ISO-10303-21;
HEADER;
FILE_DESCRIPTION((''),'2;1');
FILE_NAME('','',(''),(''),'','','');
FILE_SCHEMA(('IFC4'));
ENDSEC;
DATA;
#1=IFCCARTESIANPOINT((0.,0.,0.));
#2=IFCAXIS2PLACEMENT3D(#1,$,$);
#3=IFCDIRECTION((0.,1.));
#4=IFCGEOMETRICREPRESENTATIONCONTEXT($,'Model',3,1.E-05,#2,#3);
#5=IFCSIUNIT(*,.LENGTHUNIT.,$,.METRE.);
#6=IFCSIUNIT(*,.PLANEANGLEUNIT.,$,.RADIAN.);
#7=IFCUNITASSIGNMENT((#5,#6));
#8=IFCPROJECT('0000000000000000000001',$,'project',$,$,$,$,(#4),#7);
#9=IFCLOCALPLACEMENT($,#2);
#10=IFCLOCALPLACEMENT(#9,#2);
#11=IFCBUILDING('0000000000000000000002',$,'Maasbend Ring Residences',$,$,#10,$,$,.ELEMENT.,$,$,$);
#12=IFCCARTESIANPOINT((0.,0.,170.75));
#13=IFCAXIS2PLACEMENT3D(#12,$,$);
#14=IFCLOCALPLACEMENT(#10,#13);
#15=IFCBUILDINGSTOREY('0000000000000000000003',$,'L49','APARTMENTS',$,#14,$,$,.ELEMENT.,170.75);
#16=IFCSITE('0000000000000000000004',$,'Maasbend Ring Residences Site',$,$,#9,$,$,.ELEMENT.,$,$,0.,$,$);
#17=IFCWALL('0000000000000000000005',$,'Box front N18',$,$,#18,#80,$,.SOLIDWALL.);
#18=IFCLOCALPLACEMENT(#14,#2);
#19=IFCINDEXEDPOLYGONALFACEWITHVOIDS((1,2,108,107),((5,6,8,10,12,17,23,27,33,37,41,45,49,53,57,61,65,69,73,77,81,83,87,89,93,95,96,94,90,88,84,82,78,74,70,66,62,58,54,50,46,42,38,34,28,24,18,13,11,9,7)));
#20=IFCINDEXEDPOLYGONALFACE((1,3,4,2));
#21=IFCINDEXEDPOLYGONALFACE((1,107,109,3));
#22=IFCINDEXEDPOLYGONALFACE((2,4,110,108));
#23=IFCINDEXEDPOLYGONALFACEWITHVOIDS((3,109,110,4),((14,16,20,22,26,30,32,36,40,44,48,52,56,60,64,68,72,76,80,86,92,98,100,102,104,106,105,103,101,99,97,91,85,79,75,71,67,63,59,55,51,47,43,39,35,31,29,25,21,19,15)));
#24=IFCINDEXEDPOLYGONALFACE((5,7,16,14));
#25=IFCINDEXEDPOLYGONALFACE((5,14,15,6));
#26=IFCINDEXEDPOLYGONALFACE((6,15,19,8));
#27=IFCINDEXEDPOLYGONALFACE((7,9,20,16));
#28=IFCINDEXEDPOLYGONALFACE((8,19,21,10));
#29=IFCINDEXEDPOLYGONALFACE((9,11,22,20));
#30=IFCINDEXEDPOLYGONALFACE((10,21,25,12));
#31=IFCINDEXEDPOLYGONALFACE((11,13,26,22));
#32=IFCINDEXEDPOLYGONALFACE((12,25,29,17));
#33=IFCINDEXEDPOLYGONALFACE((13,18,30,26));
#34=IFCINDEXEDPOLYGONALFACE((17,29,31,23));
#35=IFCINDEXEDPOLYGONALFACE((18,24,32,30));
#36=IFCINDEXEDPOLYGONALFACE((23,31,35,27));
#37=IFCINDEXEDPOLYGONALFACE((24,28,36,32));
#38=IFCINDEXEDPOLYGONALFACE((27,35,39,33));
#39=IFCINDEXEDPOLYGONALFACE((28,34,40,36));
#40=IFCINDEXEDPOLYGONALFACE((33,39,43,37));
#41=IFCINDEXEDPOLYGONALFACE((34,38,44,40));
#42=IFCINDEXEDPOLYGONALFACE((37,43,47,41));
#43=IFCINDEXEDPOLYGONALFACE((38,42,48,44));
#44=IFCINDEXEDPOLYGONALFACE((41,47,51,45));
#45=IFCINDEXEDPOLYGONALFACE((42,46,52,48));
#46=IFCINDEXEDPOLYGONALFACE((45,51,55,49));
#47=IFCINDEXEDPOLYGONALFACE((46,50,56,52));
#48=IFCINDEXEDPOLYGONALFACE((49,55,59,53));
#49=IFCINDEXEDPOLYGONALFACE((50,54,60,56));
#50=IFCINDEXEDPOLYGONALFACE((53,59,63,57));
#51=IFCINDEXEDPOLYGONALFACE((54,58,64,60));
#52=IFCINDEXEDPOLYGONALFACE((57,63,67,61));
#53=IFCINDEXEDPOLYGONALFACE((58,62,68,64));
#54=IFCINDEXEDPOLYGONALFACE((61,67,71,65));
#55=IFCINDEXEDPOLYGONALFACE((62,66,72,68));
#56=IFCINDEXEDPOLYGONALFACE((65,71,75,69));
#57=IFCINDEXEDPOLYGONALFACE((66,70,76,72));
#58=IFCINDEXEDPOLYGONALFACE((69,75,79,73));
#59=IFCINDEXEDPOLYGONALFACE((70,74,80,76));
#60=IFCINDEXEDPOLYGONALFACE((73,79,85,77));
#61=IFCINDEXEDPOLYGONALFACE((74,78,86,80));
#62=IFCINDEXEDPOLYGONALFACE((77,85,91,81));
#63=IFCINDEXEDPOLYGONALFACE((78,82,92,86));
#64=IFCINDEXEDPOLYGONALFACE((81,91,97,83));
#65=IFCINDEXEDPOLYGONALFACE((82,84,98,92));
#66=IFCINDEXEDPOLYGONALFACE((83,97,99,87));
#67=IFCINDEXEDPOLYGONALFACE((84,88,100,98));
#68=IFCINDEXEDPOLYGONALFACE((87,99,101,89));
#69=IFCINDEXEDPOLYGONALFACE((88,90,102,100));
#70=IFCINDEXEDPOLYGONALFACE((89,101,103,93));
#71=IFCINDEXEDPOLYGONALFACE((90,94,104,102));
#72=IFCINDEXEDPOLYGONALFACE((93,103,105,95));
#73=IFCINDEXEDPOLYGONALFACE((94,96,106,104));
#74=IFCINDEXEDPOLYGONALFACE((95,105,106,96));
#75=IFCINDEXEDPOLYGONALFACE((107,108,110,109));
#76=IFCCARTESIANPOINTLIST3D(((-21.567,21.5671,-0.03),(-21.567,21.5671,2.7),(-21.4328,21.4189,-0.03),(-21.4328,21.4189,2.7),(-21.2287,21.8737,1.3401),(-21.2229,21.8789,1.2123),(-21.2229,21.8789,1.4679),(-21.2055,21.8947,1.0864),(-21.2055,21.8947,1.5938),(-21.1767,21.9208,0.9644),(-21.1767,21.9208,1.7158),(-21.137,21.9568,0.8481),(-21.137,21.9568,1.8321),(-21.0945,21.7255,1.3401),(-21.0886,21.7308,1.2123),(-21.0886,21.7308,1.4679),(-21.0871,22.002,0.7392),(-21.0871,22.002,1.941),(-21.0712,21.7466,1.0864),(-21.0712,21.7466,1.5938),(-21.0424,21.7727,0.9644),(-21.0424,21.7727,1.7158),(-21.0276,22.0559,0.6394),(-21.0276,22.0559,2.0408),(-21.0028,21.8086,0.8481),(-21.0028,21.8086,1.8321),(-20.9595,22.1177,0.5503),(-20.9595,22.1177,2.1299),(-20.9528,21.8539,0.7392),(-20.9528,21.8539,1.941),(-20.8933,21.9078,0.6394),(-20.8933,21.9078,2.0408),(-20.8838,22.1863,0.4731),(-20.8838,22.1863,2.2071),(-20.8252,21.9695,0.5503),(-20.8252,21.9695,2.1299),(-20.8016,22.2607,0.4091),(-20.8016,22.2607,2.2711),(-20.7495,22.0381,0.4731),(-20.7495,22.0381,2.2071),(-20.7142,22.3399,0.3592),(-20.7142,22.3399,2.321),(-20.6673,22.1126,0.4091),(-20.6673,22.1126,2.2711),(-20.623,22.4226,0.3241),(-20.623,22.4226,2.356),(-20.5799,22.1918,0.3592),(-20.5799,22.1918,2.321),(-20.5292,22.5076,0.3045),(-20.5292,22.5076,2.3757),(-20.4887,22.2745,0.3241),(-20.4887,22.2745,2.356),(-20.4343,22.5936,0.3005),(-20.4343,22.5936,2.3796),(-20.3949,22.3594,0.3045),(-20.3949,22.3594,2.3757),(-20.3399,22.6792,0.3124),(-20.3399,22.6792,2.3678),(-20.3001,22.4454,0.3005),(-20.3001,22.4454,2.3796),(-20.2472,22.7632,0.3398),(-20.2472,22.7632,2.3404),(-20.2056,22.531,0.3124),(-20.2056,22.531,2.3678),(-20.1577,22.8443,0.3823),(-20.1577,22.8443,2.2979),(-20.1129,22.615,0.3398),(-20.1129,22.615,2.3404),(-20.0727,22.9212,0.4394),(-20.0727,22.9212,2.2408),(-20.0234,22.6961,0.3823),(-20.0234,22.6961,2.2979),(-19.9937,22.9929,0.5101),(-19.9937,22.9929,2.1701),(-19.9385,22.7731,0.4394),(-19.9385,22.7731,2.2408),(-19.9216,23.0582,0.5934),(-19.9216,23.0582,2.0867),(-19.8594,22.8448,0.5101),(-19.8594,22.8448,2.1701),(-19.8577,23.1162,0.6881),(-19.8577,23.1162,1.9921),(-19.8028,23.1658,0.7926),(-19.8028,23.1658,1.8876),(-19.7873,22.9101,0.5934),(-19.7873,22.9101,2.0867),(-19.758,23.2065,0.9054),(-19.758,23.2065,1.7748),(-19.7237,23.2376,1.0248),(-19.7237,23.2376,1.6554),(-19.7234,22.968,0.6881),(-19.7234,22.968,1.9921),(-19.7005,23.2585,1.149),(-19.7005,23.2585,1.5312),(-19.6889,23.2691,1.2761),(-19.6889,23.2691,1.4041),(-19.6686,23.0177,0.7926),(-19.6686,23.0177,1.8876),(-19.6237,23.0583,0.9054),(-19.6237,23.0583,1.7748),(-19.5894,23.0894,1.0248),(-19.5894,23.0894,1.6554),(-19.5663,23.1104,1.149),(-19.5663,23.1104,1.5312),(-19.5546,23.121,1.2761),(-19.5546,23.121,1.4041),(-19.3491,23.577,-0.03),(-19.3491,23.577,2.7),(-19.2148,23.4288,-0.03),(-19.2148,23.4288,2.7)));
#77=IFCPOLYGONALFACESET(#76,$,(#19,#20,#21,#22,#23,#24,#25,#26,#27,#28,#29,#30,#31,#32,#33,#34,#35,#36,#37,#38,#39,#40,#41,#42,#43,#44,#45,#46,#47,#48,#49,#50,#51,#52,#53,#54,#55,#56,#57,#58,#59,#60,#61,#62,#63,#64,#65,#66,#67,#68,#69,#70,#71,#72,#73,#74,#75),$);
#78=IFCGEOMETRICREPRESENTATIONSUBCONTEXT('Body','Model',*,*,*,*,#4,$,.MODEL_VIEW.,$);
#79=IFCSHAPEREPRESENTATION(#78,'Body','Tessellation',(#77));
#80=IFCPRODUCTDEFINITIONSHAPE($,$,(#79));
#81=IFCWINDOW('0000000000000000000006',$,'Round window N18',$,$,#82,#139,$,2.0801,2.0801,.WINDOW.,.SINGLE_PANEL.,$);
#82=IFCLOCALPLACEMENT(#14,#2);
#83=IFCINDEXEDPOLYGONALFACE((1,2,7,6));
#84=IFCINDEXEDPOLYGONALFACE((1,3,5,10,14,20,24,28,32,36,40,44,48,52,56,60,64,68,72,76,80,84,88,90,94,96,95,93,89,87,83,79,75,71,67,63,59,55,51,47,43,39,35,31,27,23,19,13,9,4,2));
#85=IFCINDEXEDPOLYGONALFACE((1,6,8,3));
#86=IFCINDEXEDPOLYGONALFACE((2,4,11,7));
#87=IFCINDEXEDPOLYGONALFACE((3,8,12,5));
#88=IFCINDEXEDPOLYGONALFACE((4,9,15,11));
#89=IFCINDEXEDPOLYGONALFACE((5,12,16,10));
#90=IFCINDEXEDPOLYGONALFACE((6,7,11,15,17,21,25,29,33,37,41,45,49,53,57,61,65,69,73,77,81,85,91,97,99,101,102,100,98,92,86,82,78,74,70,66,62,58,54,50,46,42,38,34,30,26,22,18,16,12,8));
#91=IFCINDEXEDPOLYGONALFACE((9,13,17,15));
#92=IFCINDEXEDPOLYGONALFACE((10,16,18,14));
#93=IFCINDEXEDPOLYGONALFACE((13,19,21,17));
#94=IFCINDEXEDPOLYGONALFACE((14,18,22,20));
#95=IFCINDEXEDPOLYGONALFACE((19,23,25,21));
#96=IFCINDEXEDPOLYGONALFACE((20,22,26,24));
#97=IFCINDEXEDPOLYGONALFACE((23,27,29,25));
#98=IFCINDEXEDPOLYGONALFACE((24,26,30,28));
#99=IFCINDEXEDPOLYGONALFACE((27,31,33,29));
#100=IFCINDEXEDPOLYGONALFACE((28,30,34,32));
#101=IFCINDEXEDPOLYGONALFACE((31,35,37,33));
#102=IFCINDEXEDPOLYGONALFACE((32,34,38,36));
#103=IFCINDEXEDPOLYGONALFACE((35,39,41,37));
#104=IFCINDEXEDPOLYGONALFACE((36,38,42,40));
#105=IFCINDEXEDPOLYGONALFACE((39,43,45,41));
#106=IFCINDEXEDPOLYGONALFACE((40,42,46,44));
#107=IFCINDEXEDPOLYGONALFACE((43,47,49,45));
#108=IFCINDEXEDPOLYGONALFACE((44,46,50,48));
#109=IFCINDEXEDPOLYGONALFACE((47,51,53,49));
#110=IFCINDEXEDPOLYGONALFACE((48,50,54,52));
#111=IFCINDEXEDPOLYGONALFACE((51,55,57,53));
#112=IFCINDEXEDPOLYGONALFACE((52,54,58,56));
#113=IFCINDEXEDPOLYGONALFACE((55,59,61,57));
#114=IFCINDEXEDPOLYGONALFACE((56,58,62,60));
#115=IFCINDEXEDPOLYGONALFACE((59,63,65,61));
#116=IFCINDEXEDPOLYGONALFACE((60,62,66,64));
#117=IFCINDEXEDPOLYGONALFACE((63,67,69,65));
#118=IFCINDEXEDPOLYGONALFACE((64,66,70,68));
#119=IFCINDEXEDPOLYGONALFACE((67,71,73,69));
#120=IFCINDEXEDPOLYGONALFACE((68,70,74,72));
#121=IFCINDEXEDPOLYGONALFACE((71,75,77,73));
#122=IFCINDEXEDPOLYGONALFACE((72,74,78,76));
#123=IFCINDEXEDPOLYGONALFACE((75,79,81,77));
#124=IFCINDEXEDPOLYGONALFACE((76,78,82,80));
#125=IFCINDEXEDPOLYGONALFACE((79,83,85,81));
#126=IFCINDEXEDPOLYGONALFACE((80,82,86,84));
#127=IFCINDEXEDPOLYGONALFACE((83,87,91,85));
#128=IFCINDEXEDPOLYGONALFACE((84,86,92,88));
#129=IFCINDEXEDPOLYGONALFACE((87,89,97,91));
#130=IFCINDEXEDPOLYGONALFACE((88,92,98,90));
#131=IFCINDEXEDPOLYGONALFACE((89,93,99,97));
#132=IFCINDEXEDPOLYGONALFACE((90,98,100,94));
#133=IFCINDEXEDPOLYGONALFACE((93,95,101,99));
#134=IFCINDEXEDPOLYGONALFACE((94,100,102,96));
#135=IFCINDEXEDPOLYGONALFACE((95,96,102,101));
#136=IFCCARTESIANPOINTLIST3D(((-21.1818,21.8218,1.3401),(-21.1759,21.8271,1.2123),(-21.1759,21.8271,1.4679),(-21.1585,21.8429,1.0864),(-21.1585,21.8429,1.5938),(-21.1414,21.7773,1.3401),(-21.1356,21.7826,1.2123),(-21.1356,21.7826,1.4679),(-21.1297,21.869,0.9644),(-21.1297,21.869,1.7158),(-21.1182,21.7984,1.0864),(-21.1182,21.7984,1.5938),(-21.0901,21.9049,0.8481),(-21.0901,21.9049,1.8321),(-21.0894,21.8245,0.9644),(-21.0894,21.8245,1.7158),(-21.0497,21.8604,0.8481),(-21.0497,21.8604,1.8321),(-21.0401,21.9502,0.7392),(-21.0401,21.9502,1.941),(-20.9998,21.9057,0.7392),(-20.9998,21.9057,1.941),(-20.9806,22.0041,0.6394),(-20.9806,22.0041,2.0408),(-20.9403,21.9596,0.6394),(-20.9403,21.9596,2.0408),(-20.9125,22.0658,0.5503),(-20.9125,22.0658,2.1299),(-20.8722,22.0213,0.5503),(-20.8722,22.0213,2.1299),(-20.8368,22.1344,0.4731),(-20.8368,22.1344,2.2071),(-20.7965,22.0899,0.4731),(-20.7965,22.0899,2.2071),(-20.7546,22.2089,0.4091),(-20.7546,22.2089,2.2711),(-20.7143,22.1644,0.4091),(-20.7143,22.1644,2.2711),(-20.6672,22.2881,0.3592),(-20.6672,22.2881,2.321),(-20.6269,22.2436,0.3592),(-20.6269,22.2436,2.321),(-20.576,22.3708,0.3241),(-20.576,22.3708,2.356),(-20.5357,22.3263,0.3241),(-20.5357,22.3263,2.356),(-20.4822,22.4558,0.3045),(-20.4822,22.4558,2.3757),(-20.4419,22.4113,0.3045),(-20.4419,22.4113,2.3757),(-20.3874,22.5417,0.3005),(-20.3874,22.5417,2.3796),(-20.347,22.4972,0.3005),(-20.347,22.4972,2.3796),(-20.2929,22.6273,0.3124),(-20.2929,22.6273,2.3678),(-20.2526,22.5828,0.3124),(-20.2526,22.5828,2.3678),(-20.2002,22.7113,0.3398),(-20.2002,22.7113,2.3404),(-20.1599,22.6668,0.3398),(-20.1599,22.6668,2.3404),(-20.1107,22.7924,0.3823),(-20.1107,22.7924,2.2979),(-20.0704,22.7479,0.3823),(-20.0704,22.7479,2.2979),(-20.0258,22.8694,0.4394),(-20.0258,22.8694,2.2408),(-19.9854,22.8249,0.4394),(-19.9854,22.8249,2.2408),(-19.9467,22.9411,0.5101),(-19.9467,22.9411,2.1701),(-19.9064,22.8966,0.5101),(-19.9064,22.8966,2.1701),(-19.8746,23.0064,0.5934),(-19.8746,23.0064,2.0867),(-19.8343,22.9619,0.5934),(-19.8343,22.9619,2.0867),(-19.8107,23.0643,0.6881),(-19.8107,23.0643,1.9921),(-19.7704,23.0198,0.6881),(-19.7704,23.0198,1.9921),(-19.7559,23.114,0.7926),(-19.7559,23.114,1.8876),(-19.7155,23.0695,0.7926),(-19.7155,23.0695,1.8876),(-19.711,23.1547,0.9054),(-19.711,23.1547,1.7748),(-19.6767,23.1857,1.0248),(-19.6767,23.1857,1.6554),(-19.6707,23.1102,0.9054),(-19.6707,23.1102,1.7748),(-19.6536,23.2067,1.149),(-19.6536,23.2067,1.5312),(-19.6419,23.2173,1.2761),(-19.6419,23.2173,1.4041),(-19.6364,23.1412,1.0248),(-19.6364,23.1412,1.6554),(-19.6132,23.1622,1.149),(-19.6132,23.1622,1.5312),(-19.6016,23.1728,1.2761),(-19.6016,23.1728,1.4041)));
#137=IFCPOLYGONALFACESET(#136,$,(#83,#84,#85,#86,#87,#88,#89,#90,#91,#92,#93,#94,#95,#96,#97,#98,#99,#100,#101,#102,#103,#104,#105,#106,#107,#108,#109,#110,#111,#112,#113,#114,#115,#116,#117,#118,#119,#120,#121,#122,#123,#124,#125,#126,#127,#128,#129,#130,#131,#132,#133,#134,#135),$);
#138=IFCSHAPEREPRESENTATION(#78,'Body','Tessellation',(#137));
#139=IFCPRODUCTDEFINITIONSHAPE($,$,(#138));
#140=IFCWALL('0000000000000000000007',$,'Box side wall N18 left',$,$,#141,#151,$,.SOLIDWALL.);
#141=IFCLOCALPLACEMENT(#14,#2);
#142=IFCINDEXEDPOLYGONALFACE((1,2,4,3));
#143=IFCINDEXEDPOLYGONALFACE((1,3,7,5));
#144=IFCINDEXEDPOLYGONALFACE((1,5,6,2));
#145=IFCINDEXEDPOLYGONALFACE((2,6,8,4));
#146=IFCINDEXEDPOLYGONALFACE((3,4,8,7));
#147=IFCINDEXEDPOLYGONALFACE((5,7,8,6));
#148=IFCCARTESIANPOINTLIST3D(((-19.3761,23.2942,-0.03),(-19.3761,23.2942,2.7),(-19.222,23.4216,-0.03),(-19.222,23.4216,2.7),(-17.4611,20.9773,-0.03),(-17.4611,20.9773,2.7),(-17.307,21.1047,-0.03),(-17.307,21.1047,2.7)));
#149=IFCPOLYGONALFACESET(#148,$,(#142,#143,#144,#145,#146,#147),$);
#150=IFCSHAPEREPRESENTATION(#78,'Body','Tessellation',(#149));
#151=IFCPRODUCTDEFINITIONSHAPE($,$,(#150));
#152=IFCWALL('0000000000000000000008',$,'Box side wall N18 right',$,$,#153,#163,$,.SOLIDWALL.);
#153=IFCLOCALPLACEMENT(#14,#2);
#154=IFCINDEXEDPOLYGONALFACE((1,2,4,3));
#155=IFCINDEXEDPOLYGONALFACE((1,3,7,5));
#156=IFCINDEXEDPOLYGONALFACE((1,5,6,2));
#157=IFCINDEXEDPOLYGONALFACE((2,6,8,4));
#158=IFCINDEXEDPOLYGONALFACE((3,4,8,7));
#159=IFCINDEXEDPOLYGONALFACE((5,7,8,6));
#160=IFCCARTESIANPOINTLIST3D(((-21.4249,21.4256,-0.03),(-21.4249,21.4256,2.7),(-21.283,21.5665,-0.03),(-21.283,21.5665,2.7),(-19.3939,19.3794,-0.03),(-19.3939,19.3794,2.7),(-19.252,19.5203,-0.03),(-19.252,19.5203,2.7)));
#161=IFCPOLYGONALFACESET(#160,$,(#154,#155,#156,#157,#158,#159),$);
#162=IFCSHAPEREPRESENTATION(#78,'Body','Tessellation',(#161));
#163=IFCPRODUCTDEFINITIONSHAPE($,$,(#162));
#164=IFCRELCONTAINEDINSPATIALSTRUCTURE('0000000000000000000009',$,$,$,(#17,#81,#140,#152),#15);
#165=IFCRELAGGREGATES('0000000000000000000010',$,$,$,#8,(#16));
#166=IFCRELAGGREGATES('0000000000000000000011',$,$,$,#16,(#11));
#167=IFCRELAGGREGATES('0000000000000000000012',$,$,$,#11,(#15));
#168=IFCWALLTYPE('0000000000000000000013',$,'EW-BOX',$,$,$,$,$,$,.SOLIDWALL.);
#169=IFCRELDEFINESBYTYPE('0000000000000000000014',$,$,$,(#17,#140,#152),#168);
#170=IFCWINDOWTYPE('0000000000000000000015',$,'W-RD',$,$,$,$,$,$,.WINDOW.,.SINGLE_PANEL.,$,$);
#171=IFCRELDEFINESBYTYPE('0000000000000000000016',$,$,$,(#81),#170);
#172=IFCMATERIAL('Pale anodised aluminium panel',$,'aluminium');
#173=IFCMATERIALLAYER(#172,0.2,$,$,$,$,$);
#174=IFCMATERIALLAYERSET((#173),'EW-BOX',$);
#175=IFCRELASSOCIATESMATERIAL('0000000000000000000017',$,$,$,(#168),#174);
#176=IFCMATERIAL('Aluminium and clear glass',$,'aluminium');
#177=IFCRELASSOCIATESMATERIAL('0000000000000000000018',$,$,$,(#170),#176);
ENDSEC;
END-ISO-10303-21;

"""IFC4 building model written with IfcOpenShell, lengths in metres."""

from ifc_helpers import new_model, si_unit, direction, frame, frame_2d, origin, place, context, subcontext, project, spatial, rectangle, circle, extrude, material, layer, layer_set, type_object, element, fill, save


model = new_model("IFC4")

# Units and contexts
model_context = context("Model", 3, precision=1e-05, world=origin(), true_north=direction((0.0, 1.0)))
body_context = subcontext(model_context, "Body", "Model", "MODEL_VIEW")
ifc_project = project(units=[si_unit("LENGTHUNIT", "METRE"), si_unit("PLANEANGLEUNIT", "RADIAN")], contexts=[model_context])

# Site, building, storey
site_placement = place(None, origin())
site = spatial("IfcSite", under=ifc_project, at=site_placement, Name="Maasbend Ring Residences Site", CompositionType="ELEMENT", RefElevation=0.0)
building_placement = place(site_placement, origin())
building = spatial("IfcBuilding", under=site, at=building_placement, Name="Maasbend Ring Residences", CompositionType="ELEMENT")
storey_placement = place(building_placement, frame((0.0, 0.0, 170.75)))
storey = spatial("IfcBuildingStorey", under=building, at=storey_placement, Name="L49", Description="APARTMENTS", CompositionType="ELEMENT", Elevation=170.75)

# Shared definitions
ifc_material_1 = material(Name="Pale anodised aluminium panel", Category="aluminium")
ifc_layer_1 = layer(ifc_material_1, 0.2)
ifc_layer_set_1 = layer_set([ifc_layer_1], Name="EW-BOX")
wall_type_1 = type_object("IfcWallType", Name="EW-BOX", PredefinedType="SOLIDWALL", material=ifc_layer_set_1)
ifc_material_2 = material(Name="Aluminium and clear glass", Category="aluminium")
window_type_1 = type_object("IfcWindowType", Name="W-RD", PartitioningType="SINGLE_PANEL", PredefinedType="WINDOW", material=ifc_material_2)

# Wall, opening, window
wall_1_placement = place(storey_placement, frame((-19.282, 23.5029, -0.03), z_axis=(0.0, 0.0, 1.0), x_axis=(-0.740998, -0.671507, 0.0)))
wall_1 = element("IfcWall", 1, at=wall_1_placement, inside=storey, type_object=wall_type_1, Name="Box front N18", PredefinedType="SOLIDWALL", context=body_context, shape_type="SweptSolid", body=[
    extrude(rectangle(XDim=2.9932, YDim=0.2, at=frame_2d((1.4966, 0.0))), origin(), (0.0, 0.0, 1.0), 2.73),
])
opening_1_placement = place(wall_1_placement, frame((0.4565, 0.0, 0.3301)))
opening_1 = element("IfcOpeningElement", 2, at=opening_1_placement, cuts=wall_1, PredefinedType="OPENING", context=body_context, shape_type="SweptSolid", body=[
    extrude(circle(Radius=1.04, at=frame_2d((1.04, 1.04))), frame((0.0, 0.1099, 0.0), z_axis=(0.0, -1.0, 0.0), x_axis=(1.0, 0.0, 0.0)), (0.0, 0.0, 1.0), 0.22),
])
window_1_placement = place(opening_1_placement, origin())
window_1 = element("IfcWindow", 3, at=window_1_placement, inside=storey, type_object=window_type_1, Name="Round window N18", OverallHeight=2.0801, OverallWidth=2.0801, PartitioningType="SINGLE_PANEL", PredefinedType="WINDOW", context=body_context, shape_type="SweptSolid", body=[
    extrude(circle(Radius=1.04, at=frame_2d((1.04, 1.04))), frame((0.0, 0.03, 0.0), z_axis=(0.0, -1.0, 0.0), x_axis=(1.0, 0.0, 0.0)), (0.0, 0.0, 1.0), 0.0601),
])
fill(opening_1, window_1)

# Walls
wall_2_placement = place(storey_placement, frame((-17.384, 21.041, -0.03), z_axis=(0.0, 0.0, 1.0), x_axis=(-0.637096, 0.770785, 0.0)))
element("IfcWall", 4, at=wall_2_placement, inside=storey, type_object=wall_type_1, Name="Box side wall N18 left", PredefinedType="SOLIDWALL", context=body_context, shape_type="SweptSolid", body=[
    extrude(rectangle(XDim=3.0059, YDim=0.2, at=frame_2d((1.5029, 0.0))), origin(), (0.0, 0.0, 1.0), 2.73),
])
wall_3_placement = place(storey_placement, frame((-19.323, 19.45, -0.03), z_axis=(0.0, 0.0, 1.0), x_axis=(-0.704477, 0.709727, 0.0)))
element("IfcWall", 5, at=wall_3_placement, inside=storey, type_object=wall_type_1, Name="Box side wall N18 right", PredefinedType="SOLIDWALL", context=body_context, shape_type="SweptSolid", body=[
    extrude(rectangle(XDim=2.8831, YDim=0.2, at=frame_2d((1.4414, 0.0))), origin(), (0.0, 0.0, 1.0), 2.73),
])

save(model, "model.ifc")
